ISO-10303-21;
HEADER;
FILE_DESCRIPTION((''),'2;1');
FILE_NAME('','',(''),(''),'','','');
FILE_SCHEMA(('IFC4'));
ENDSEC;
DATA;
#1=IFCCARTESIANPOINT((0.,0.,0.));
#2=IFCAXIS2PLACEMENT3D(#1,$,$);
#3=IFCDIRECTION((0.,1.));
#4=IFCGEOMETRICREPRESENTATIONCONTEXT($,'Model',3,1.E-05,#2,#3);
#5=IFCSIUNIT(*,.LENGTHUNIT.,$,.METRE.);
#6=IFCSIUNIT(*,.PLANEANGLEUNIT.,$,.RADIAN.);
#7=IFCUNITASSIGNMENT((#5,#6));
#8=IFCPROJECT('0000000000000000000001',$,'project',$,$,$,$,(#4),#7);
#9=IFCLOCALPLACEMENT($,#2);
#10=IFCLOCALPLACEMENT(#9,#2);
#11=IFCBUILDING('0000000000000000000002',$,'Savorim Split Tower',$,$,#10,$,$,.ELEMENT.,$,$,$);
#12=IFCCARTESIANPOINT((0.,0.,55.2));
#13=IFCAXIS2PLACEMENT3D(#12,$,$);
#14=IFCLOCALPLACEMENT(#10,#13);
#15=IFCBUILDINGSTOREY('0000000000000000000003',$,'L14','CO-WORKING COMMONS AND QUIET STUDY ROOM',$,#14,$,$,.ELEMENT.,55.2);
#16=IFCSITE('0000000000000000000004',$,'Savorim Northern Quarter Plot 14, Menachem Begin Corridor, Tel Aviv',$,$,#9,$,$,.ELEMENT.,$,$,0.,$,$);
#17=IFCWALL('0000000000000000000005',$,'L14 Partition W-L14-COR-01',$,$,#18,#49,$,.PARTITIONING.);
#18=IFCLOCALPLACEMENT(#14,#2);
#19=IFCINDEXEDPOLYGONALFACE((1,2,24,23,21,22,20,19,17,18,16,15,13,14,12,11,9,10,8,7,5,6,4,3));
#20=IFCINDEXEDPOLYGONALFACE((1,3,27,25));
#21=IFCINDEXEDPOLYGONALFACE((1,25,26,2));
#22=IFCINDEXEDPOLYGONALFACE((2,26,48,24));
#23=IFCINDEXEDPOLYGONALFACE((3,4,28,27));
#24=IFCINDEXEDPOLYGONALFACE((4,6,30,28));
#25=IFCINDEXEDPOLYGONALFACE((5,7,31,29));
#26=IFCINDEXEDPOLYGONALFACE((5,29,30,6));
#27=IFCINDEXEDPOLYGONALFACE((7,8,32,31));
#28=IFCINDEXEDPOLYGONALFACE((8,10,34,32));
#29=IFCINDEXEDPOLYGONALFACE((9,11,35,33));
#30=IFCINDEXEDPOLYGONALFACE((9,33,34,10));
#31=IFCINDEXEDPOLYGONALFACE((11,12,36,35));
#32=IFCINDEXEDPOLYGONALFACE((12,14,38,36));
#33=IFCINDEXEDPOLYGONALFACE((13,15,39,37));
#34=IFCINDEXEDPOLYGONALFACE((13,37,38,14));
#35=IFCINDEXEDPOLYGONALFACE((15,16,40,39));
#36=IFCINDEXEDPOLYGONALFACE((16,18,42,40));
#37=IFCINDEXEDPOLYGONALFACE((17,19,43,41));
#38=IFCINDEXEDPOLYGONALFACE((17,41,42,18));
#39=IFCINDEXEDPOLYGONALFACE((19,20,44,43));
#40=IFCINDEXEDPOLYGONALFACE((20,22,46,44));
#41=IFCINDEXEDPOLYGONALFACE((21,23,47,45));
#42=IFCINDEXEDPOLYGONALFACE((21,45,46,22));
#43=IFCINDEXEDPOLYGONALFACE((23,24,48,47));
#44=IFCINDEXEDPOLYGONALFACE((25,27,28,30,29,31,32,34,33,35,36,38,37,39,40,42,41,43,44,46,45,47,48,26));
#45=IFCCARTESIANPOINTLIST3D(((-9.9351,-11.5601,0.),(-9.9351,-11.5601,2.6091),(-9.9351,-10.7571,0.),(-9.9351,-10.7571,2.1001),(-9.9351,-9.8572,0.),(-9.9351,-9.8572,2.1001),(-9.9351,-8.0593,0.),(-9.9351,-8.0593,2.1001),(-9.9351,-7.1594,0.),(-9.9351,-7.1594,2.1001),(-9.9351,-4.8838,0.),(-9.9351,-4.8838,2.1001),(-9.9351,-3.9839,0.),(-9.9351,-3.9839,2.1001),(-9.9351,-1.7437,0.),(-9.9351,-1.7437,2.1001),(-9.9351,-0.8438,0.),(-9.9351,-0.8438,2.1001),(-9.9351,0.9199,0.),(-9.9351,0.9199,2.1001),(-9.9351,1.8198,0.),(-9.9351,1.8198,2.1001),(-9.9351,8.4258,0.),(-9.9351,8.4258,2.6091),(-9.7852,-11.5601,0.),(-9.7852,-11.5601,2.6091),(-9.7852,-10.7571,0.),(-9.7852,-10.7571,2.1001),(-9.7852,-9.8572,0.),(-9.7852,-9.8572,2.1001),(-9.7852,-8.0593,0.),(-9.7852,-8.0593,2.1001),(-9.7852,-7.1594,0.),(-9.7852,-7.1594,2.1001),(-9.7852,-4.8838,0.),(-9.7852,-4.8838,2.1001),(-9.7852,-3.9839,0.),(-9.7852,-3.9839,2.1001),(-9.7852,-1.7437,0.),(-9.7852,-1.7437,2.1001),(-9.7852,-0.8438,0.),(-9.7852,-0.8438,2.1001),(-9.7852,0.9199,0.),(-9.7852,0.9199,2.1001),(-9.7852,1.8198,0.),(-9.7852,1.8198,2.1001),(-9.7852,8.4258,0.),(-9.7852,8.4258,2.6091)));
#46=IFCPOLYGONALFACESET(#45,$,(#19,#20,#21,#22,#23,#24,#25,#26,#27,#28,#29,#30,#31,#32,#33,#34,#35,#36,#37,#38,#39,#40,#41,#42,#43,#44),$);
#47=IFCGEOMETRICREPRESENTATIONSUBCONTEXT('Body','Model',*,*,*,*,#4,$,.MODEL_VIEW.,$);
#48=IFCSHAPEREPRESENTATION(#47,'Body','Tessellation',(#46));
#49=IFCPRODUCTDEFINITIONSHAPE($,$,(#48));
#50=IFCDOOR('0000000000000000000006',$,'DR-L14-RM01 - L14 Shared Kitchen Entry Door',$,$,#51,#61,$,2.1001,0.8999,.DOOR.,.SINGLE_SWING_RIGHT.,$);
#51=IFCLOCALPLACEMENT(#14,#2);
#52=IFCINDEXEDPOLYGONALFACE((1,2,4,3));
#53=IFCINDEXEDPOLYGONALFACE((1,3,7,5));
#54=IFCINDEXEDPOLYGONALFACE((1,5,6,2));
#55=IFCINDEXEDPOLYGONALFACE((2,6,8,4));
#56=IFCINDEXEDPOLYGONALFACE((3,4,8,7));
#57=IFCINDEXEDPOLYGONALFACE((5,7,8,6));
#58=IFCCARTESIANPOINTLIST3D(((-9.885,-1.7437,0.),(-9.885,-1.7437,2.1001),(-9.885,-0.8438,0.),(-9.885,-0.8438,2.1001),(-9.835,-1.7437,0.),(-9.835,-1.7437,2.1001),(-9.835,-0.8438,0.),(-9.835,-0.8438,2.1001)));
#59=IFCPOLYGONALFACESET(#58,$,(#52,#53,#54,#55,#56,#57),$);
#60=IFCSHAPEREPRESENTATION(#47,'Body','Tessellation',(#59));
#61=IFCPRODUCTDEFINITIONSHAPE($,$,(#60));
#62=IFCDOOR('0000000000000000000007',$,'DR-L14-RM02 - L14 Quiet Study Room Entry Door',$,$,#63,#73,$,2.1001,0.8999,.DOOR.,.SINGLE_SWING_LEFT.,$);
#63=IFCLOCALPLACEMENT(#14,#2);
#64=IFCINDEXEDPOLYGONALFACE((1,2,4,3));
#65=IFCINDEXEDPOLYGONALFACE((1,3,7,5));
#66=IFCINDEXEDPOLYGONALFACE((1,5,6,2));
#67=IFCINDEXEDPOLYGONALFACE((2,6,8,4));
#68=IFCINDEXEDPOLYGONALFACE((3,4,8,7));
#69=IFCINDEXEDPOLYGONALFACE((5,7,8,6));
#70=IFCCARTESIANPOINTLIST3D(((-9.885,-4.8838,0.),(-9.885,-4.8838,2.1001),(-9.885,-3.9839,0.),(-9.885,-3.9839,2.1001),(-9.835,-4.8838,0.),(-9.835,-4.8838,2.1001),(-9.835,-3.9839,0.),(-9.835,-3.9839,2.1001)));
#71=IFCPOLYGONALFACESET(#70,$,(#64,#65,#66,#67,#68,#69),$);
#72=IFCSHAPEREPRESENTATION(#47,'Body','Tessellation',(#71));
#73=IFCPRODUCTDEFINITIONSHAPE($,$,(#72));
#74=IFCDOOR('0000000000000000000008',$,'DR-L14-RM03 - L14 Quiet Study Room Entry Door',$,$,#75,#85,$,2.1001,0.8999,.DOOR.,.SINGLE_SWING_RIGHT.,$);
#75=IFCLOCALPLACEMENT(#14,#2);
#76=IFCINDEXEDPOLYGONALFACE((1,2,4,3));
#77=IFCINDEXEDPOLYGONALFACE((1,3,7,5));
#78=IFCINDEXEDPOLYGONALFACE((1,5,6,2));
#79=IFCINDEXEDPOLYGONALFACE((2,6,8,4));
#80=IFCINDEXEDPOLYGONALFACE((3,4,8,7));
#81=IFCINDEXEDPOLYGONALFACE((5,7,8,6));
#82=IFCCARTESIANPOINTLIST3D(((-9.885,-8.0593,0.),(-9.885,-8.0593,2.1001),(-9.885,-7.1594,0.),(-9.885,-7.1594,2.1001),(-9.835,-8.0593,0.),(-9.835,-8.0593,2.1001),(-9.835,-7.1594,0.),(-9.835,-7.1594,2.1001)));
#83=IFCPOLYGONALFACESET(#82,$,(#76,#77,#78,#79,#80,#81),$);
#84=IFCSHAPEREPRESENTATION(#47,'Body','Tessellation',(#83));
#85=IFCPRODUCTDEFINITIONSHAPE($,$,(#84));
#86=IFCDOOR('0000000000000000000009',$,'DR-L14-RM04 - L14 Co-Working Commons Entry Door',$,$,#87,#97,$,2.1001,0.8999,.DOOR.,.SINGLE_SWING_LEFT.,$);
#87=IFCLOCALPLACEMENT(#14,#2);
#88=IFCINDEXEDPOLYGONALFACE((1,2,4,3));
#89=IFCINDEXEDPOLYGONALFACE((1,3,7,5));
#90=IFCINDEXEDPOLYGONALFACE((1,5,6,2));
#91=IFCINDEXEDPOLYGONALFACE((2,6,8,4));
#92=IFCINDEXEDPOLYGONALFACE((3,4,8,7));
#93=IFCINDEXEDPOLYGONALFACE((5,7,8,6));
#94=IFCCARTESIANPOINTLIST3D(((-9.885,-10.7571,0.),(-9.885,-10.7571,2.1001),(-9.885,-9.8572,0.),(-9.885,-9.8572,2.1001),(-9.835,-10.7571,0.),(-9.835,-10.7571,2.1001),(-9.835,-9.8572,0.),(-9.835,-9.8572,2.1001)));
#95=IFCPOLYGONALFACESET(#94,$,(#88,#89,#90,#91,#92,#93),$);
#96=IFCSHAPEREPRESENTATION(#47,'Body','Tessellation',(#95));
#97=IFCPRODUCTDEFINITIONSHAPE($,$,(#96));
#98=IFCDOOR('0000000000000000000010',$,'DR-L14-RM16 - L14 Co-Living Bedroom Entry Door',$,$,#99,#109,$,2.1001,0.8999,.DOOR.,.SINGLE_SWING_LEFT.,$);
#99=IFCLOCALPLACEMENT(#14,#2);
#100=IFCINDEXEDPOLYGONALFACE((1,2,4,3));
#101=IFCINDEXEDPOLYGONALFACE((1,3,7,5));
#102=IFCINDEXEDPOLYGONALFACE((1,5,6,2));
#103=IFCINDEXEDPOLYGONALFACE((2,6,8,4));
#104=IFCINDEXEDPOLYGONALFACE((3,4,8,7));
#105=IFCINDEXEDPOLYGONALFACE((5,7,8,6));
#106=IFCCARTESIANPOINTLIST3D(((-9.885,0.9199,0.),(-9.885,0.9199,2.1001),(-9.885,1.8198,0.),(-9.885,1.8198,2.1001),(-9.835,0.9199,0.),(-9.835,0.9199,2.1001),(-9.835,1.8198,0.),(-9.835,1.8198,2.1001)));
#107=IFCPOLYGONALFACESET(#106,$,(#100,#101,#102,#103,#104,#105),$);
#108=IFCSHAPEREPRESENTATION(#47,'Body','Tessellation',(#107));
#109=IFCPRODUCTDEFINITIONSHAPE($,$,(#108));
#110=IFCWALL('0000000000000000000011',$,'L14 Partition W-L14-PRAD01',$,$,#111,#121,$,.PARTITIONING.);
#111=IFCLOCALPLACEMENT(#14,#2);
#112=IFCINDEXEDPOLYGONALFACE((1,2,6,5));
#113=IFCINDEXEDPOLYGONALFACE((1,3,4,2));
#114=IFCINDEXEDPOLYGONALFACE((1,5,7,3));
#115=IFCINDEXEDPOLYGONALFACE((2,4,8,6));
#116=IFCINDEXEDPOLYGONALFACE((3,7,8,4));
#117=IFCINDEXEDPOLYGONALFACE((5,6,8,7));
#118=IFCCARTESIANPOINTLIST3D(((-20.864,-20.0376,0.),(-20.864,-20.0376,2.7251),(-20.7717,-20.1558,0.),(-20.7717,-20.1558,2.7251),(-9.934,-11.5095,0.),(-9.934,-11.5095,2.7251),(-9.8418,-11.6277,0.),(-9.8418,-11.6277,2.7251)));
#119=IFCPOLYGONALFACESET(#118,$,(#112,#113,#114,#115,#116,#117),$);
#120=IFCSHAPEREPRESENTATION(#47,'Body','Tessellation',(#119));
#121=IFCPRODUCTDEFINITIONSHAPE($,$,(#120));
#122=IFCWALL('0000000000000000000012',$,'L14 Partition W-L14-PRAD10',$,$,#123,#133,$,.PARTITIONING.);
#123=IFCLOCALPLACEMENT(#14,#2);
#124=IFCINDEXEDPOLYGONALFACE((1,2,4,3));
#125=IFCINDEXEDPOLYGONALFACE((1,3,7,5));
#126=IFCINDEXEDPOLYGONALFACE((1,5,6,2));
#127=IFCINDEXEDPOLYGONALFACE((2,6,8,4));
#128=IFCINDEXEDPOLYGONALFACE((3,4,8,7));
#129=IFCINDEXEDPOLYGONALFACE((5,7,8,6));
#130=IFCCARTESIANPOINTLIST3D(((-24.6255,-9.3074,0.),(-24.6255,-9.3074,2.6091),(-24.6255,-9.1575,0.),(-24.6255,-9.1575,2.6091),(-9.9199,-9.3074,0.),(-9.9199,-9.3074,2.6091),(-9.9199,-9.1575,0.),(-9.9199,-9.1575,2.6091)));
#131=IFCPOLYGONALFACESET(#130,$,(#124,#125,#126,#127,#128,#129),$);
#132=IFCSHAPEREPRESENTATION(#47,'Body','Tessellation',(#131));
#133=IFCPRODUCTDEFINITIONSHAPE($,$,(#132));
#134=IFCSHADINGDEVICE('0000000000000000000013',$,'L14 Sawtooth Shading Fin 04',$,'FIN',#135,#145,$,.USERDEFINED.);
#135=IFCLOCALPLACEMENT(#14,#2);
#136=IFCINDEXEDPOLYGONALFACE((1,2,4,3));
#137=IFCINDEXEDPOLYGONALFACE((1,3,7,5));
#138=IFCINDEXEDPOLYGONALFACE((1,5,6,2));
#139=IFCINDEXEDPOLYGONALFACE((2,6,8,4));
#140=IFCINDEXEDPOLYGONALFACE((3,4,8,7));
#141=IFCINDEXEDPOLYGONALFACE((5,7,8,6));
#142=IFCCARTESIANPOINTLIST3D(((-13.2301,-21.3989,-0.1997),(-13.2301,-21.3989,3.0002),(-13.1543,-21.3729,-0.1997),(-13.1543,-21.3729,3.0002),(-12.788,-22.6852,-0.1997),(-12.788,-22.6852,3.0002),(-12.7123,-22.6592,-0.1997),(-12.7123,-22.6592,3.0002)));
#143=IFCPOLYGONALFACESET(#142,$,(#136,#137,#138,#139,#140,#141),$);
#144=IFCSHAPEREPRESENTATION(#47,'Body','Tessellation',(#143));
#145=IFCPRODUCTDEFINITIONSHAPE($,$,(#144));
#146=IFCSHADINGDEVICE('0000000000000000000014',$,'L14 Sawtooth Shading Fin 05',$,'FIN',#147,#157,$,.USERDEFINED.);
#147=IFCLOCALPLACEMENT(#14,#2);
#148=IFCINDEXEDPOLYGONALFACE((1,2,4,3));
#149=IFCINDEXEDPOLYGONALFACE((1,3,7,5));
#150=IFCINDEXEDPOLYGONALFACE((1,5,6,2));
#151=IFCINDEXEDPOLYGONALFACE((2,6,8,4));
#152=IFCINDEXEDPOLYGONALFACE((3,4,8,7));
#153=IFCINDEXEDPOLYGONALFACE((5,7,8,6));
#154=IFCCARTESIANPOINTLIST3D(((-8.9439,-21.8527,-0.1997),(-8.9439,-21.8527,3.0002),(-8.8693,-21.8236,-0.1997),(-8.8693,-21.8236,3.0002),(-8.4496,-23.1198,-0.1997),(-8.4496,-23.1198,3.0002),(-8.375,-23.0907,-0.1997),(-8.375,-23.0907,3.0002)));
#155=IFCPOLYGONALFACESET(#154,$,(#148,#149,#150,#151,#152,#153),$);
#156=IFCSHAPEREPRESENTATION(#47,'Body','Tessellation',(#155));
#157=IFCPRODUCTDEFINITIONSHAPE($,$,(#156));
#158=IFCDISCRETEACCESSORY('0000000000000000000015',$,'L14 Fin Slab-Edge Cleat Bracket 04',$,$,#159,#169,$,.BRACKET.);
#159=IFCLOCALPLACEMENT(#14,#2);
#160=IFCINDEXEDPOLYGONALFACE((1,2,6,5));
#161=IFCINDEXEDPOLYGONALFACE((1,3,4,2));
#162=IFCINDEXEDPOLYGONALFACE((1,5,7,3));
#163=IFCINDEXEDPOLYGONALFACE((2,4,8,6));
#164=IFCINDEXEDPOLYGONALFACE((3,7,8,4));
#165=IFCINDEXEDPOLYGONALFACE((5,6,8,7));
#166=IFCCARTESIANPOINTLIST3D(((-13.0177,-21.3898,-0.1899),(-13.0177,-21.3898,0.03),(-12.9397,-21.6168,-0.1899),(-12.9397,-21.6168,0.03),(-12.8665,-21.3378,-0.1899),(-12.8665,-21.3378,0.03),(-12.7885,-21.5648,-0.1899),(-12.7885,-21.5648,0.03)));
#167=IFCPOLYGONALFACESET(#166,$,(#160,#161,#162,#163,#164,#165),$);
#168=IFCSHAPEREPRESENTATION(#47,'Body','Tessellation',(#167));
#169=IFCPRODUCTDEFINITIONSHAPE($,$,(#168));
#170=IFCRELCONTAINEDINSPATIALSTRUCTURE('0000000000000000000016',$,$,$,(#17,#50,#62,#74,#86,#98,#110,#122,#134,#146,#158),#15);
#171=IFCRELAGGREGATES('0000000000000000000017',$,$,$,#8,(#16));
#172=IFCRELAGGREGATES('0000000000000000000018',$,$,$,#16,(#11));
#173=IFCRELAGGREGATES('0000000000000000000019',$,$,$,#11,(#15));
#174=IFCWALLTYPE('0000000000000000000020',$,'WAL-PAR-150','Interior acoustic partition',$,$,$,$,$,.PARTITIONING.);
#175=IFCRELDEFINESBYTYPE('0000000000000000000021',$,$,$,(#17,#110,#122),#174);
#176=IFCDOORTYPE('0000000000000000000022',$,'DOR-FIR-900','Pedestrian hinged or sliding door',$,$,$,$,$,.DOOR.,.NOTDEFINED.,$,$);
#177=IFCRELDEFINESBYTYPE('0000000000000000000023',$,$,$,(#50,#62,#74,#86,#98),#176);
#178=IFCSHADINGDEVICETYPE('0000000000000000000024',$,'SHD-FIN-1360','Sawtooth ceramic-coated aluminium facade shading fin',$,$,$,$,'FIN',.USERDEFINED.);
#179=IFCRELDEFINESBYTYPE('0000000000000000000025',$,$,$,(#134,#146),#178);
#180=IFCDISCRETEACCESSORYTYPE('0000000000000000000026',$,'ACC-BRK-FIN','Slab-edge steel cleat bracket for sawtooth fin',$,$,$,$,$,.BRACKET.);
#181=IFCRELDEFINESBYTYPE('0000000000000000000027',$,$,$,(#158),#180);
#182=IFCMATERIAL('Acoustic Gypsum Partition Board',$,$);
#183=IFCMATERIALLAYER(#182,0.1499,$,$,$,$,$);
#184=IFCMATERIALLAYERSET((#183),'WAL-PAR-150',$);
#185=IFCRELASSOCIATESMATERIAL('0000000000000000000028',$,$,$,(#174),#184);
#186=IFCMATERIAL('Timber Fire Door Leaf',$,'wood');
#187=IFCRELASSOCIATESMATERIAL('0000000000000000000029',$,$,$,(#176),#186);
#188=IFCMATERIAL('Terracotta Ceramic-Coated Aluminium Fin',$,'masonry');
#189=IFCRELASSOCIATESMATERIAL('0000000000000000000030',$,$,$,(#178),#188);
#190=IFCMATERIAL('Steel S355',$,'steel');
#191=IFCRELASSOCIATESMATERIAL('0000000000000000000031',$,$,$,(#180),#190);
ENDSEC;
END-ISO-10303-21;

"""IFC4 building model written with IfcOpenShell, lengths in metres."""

from ifc_helpers import new_model, si_unit, direction, frame, frame_2d, origin, origin_2d, place, context, subcontext, project, spatial, rectangle, extrude, material, layer, layer_set, type_object, element, fill, save


model = new_model("IFC4")

# Units and contexts
model_context = context("Model", 3, precision=1e-05, world=origin(), true_north=direction((0.0, 1.0)))
body_context = subcontext(model_context, "Body", "Model", "MODEL_VIEW")
ifc_project = project(units=[si_unit("LENGTHUNIT", "METRE"), si_unit("PLANEANGLEUNIT", "RADIAN")], contexts=[model_context])

# Site, building, storey
site_placement = place(None, origin())
site = spatial("IfcSite", under=ifc_project, at=site_placement, Name="Savorim Northern Quarter Plot 14, Menachem Begin Corridor, Tel Aviv", CompositionType="ELEMENT", RefElevation=0.0)
building_placement = place(site_placement, origin())
building = spatial("IfcBuilding", under=site, at=building_placement, Name="Savorim Split Tower", CompositionType="ELEMENT")
storey_placement = place(building_placement, frame((0.0, 0.0, 55.2)))
storey = spatial("IfcBuildingStorey", under=building, at=storey_placement, Name="L14", Description="CO-WORKING COMMONS AND QUIET STUDY ROOM", CompositionType="ELEMENT", Elevation=55.2)

# Shared definitions
ifc_material_1 = material(Name="Steel S355", Category="steel")

# Shared definitions
ifc_material_2 = material(Name="Timber Fire Door Leaf", Category="wood")

# Wall, openings, doors
ifc_material_3 = material(Name="Acoustic Gypsum Partition Board")
ifc_layer_1 = layer(ifc_material_3, 0.1499)
ifc_layer_set_1 = layer_set([ifc_layer_1], Name="WAL-PAR-150")
wall_type_1 = type_object("IfcWallType", Name="WAL-PAR-150", Description="Interior acoustic partition", PredefinedType="PARTITIONING", material=ifc_layer_set_1)
wall_1_placement = place(storey_placement, frame((-9.8601, -11.5601, 0.0), z_axis=(0.0, 0.0, 1.0), x_axis=(0.0, 1.0, 0.0)))
wall_1 = element("IfcWall", 1, at=wall_1_placement, inside=storey, type_object=wall_type_1, Name="L14 Partition W-L14-COR-01", PredefinedType="PARTITIONING", context=body_context, shape_type="SweptSolid", body=[
    extrude(rectangle(XDim=19.9858, YDim=0.1499, at=frame_2d((9.9929, 0.0))), origin(), (0.0, 0.0, 1.0), 2.6091),
])
opening_1_placement = place(wall_1_placement, frame((9.8164, 0.0, 0.0)))
opening_1 = element("IfcOpeningElement", 2, at=opening_1_placement, cuts=wall_1, PredefinedType="OPENING", context=body_context, shape_type="SweptSolid", body=[
    extrude(rectangle(XDim=0.8999, YDim=2.1001, at=frame_2d((0.45, 1.05))), frame((0.0, 0.085, 0.0), z_axis=(0.0, -1.0, 0.0), x_axis=(1.0, 0.0, 0.0)), (0.0, 0.0, 1.0), 0.1699),
])
opening_2_placement = place(wall_1_placement, frame((6.6763, 0.0, 0.0)))
opening_2 = element("IfcOpeningElement", 3, at=opening_2_placement, cuts=wall_1, PredefinedType="OPENING", context=body_context, shape_type="SweptSolid", body=[
    extrude(rectangle(XDim=0.8999, YDim=2.1001, at=frame_2d((0.45, 1.05))), frame((0.0, 0.085, 0.0), z_axis=(0.0, -1.0, 0.0), x_axis=(1.0, 0.0, 0.0)), (0.0, 0.0, 1.0), 0.1699),
])
opening_3_placement = place(wall_1_placement, frame((3.5007, 0.0, 0.0)))
opening_3 = element("IfcOpeningElement", 4, at=opening_3_placement, cuts=wall_1, PredefinedType="OPENING", context=body_context, shape_type="SweptSolid", body=[
    extrude(rectangle(XDim=0.8999, YDim=2.1001, at=frame_2d((0.45, 1.05))), frame((0.0, 0.085, 0.0), z_axis=(0.0, -1.0, 0.0), x_axis=(1.0, 0.0, 0.0)), (0.0, 0.0, 1.0), 0.1699),
])
opening_4_placement = place(wall_1_placement, frame((0.803, 0.0, 0.0)))
opening_4 = element("IfcOpeningElement", 5, at=opening_4_placement, cuts=wall_1, PredefinedType="OPENING", context=body_context, shape_type="SweptSolid", body=[
    extrude(rectangle(XDim=0.8999, YDim=2.1001, at=frame_2d((0.45, 1.05))), frame((0.0, 0.085, 0.0), z_axis=(0.0, -1.0, 0.0), x_axis=(1.0, 0.0, 0.0)), (0.0, 0.0, 1.0), 0.1699),
])
opening_5_placement = place(wall_1_placement, frame((12.48, 0.0, 0.0)))
opening_5 = element("IfcOpeningElement", 6, at=opening_5_placement, cuts=wall_1, PredefinedType="OPENING", context=body_context, shape_type="SweptSolid", body=[
    extrude(rectangle(XDim=0.8999, YDim=2.1001, at=frame_2d((0.45, 1.05))), frame((0.0, 0.085, 0.0), z_axis=(0.0, -1.0, 0.0), x_axis=(1.0, 0.0, 0.0)), (0.0, 0.0, 1.0), 0.1699),
])
door_type_1 = type_object("IfcDoorType", Name="DOR-FIR-900", Description="Pedestrian hinged or sliding door", OperationType="NOTDEFINED", PredefinedType="DOOR", material=ifc_material_2)
door_1_placement = place(opening_1_placement, origin())
door_1 = element("IfcDoor", 7, at=door_1_placement, inside=storey, type_object=door_type_1, Name="DR-L14-RM01 - L14 Shared Kitchen Entry Door", OperationType="SINGLE_SWING_RIGHT", OverallHeight=2.1001, OverallWidth=0.8999, PredefinedType="DOOR", context=body_context, shape_type="SweptSolid", body=[
    extrude(rectangle(XDim=0.8999, YDim=2.1001, at=frame_2d((0.45, 1.05))), frame((0.0, 0.0249, 0.0), z_axis=(0.0, -1.0, 0.0), x_axis=(1.0, 0.0, 0.0)), (0.0, 0.0, 1.0), 0.05),
])
fill(opening_1, door_1)
door_2_placement = place(opening_2_placement, origin())
door_2 = element("IfcDoor", 8, at=door_2_placement, inside=storey, type_object=door_type_1, Name="DR-L14-RM02 - L14 Quiet Study Room Entry Door", OperationType="SINGLE_SWING_LEFT", OverallHeight=2.1001, OverallWidth=0.8999, PredefinedType="DOOR", context=body_context, shape_type="SweptSolid", body=[
    extrude(rectangle(XDim=0.8999, YDim=2.1001, at=frame_2d((0.45, 1.05))), frame((0.0, 0.0249, 0.0), z_axis=(0.0, -1.0, 0.0), x_axis=(1.0, 0.0, 0.0)), (0.0, 0.0, 1.0), 0.05),
])
fill(opening_2, door_2)
door_3_placement = place(opening_3_placement, origin())
door_3 = element("IfcDoor", 9, at=door_3_placement, inside=storey, type_object=door_type_1, Name="DR-L14-RM03 - L14 Quiet Study Room Entry Door", OperationType="SINGLE_SWING_RIGHT", OverallHeight=2.1001, OverallWidth=0.8999, PredefinedType="DOOR", context=body_context, shape_type="SweptSolid", body=[
    extrude(rectangle(XDim=0.8999, YDim=2.1001, at=frame_2d((0.45, 1.05))), frame((0.0, 0.0249, 0.0), z_axis=(0.0, -1.0, 0.0), x_axis=(1.0, 0.0, 0.0)), (0.0, 0.0, 1.0), 0.05),
])
fill(opening_3, door_3)
door_4_placement = place(opening_4_placement, origin())
door_4 = element("IfcDoor", 10, at=door_4_placement, inside=storey, type_object=door_type_1, Name="DR-L14-RM04 - L14 Co-Working Commons Entry Door", OperationType="SINGLE_SWING_LEFT", OverallHeight=2.1001, OverallWidth=0.8999, PredefinedType="DOOR", context=body_context, shape_type="SweptSolid", body=[
    extrude(rectangle(XDim=0.8999, YDim=2.1001, at=frame_2d((0.45, 1.05))), frame((0.0, 0.0249, 0.0), z_axis=(0.0, -1.0, 0.0), x_axis=(1.0, 0.0, 0.0)), (0.0, 0.0, 1.0), 0.05),
])
fill(opening_4, door_4)
door_5_placement = place(opening_5_placement, origin())
door_5 = element("IfcDoor", 11, at=door_5_placement, inside=storey, type_object=door_type_1, Name="DR-L14-RM16 - L14 Co-Living Bedroom Entry Door", OperationType="SINGLE_SWING_LEFT", OverallHeight=2.1001, OverallWidth=0.8999, PredefinedType="DOOR", context=body_context, shape_type="SweptSolid", body=[
    extrude(rectangle(XDim=0.8999, YDim=2.1001, at=frame_2d((0.45, 1.05))), frame((0.0, 0.0249, 0.0), z_axis=(0.0, -1.0, 0.0), x_axis=(1.0, 0.0, 0.0)), (0.0, 0.0, 1.0), 0.05),
])
fill(opening_5, door_5)

# Walls
wall_2_placement = place(storey_placement, frame((-9.8879, -11.5686, 0.0), z_axis=(0.0, 0.0, 1.0), x_axis=(-0.788407, -0.615154, 0.0)))
element("IfcWall", 12, at=wall_2_placement, inside=storey, type_object=wall_type_1, Name="L14 Partition W-L14-PRAD01", PredefinedType="PARTITIONING", context=body_context, shape_type="SweptSolid", body=[
    extrude(rectangle(XDim=13.8633, YDim=0.1499, at=frame_2d((6.9316, 0.0))), origin(), (0.0, 0.0, 1.0), 2.7251),
])
wall_3_placement = place(storey_placement, frame((-9.9199, -9.2324, 0.0), z_axis=(0.0, 0.0, 1.0), x_axis=(-1.0, 0.0, 0.0)))
element("IfcWall", 13, at=wall_3_placement, inside=storey, type_object=wall_type_1, Name="L14 Partition W-L14-PRAD10", PredefinedType="PARTITIONING", context=body_context, shape_type="SweptSolid", body=[
    extrude(rectangle(XDim=14.7056, YDim=0.1499, at=frame_2d((7.3528, 0.0))), origin(), (0.0, 0.0, 1.0), 2.6091),
])

# Shading devices
ifc_material_4 = material(Name="Terracotta Ceramic-Coated Aluminium Fin", Category="masonry")
shading_device_type = type_object("IfcShadingDeviceType", Name="SHD-FIN-1360", Description="Sawtooth ceramic-coated aluminium facade shading fin", ElementType="FIN", PredefinedType="USERDEFINED", material=ifc_material_4)
for number, where, z_axis, x_axis, name in (
    (14, (-12.9712, -22.0291, -0.1997), (0.0, 0.0, 1.0), (0.324994, -0.945716, 0.0), "L14 Sawtooth Shading Fin 04"),
    (15, (-8.6594, -22.4717, -0.1997), (0.0, 0.0, 1.0), (0.363415, -0.931627, 0.0), "L14 Sawtooth Shading Fin 05"),
):
    element("IfcShadingDevice", number, at=place(storey_placement, frame(where, z_axis=z_axis, x_axis=x_axis)), inside=storey, type_object=shading_device_type, Name=name, ObjectType="FIN", PredefinedType="USERDEFINED", context=body_context, shape_type="SweptSolid", body=[
        extrude(rectangle(XDim=1.3601, YDim=0.0801, at=origin_2d()), origin(), (0.0, 0.0, 1.0), 3.2),
    ])

# Discrete accessory
discrete_accessory_type = type_object("IfcDiscreteAccessoryType", Name="ACC-BRK-FIN", Description="Slab-edge steel cleat bracket for sawtooth fin", PredefinedType="BRACKET", material=ifc_material_1)
for number, where, z_axis, x_axis, name in (
    (16, (-12.9031, -21.4773, -0.1899), (0.0, 0.0, 1.0), (0.324994, -0.945716, 0.0), "L14 Fin Slab-Edge Cleat Bracket 04"),
):
    element("IfcDiscreteAccessory", number, at=place(storey_placement, frame(where, z_axis=z_axis, x_axis=x_axis)), inside=storey, type_object=discrete_accessory_type, Name=name, PredefinedType="BRACKET", context=body_context, shape_type="SweptSolid", body=[
        extrude(rectangle(XDim=0.24, YDim=0.1599, at=origin_2d()), origin(), (0.0, 0.0, 1.0), 0.22),
    ])

save(model, "model.ifc")
